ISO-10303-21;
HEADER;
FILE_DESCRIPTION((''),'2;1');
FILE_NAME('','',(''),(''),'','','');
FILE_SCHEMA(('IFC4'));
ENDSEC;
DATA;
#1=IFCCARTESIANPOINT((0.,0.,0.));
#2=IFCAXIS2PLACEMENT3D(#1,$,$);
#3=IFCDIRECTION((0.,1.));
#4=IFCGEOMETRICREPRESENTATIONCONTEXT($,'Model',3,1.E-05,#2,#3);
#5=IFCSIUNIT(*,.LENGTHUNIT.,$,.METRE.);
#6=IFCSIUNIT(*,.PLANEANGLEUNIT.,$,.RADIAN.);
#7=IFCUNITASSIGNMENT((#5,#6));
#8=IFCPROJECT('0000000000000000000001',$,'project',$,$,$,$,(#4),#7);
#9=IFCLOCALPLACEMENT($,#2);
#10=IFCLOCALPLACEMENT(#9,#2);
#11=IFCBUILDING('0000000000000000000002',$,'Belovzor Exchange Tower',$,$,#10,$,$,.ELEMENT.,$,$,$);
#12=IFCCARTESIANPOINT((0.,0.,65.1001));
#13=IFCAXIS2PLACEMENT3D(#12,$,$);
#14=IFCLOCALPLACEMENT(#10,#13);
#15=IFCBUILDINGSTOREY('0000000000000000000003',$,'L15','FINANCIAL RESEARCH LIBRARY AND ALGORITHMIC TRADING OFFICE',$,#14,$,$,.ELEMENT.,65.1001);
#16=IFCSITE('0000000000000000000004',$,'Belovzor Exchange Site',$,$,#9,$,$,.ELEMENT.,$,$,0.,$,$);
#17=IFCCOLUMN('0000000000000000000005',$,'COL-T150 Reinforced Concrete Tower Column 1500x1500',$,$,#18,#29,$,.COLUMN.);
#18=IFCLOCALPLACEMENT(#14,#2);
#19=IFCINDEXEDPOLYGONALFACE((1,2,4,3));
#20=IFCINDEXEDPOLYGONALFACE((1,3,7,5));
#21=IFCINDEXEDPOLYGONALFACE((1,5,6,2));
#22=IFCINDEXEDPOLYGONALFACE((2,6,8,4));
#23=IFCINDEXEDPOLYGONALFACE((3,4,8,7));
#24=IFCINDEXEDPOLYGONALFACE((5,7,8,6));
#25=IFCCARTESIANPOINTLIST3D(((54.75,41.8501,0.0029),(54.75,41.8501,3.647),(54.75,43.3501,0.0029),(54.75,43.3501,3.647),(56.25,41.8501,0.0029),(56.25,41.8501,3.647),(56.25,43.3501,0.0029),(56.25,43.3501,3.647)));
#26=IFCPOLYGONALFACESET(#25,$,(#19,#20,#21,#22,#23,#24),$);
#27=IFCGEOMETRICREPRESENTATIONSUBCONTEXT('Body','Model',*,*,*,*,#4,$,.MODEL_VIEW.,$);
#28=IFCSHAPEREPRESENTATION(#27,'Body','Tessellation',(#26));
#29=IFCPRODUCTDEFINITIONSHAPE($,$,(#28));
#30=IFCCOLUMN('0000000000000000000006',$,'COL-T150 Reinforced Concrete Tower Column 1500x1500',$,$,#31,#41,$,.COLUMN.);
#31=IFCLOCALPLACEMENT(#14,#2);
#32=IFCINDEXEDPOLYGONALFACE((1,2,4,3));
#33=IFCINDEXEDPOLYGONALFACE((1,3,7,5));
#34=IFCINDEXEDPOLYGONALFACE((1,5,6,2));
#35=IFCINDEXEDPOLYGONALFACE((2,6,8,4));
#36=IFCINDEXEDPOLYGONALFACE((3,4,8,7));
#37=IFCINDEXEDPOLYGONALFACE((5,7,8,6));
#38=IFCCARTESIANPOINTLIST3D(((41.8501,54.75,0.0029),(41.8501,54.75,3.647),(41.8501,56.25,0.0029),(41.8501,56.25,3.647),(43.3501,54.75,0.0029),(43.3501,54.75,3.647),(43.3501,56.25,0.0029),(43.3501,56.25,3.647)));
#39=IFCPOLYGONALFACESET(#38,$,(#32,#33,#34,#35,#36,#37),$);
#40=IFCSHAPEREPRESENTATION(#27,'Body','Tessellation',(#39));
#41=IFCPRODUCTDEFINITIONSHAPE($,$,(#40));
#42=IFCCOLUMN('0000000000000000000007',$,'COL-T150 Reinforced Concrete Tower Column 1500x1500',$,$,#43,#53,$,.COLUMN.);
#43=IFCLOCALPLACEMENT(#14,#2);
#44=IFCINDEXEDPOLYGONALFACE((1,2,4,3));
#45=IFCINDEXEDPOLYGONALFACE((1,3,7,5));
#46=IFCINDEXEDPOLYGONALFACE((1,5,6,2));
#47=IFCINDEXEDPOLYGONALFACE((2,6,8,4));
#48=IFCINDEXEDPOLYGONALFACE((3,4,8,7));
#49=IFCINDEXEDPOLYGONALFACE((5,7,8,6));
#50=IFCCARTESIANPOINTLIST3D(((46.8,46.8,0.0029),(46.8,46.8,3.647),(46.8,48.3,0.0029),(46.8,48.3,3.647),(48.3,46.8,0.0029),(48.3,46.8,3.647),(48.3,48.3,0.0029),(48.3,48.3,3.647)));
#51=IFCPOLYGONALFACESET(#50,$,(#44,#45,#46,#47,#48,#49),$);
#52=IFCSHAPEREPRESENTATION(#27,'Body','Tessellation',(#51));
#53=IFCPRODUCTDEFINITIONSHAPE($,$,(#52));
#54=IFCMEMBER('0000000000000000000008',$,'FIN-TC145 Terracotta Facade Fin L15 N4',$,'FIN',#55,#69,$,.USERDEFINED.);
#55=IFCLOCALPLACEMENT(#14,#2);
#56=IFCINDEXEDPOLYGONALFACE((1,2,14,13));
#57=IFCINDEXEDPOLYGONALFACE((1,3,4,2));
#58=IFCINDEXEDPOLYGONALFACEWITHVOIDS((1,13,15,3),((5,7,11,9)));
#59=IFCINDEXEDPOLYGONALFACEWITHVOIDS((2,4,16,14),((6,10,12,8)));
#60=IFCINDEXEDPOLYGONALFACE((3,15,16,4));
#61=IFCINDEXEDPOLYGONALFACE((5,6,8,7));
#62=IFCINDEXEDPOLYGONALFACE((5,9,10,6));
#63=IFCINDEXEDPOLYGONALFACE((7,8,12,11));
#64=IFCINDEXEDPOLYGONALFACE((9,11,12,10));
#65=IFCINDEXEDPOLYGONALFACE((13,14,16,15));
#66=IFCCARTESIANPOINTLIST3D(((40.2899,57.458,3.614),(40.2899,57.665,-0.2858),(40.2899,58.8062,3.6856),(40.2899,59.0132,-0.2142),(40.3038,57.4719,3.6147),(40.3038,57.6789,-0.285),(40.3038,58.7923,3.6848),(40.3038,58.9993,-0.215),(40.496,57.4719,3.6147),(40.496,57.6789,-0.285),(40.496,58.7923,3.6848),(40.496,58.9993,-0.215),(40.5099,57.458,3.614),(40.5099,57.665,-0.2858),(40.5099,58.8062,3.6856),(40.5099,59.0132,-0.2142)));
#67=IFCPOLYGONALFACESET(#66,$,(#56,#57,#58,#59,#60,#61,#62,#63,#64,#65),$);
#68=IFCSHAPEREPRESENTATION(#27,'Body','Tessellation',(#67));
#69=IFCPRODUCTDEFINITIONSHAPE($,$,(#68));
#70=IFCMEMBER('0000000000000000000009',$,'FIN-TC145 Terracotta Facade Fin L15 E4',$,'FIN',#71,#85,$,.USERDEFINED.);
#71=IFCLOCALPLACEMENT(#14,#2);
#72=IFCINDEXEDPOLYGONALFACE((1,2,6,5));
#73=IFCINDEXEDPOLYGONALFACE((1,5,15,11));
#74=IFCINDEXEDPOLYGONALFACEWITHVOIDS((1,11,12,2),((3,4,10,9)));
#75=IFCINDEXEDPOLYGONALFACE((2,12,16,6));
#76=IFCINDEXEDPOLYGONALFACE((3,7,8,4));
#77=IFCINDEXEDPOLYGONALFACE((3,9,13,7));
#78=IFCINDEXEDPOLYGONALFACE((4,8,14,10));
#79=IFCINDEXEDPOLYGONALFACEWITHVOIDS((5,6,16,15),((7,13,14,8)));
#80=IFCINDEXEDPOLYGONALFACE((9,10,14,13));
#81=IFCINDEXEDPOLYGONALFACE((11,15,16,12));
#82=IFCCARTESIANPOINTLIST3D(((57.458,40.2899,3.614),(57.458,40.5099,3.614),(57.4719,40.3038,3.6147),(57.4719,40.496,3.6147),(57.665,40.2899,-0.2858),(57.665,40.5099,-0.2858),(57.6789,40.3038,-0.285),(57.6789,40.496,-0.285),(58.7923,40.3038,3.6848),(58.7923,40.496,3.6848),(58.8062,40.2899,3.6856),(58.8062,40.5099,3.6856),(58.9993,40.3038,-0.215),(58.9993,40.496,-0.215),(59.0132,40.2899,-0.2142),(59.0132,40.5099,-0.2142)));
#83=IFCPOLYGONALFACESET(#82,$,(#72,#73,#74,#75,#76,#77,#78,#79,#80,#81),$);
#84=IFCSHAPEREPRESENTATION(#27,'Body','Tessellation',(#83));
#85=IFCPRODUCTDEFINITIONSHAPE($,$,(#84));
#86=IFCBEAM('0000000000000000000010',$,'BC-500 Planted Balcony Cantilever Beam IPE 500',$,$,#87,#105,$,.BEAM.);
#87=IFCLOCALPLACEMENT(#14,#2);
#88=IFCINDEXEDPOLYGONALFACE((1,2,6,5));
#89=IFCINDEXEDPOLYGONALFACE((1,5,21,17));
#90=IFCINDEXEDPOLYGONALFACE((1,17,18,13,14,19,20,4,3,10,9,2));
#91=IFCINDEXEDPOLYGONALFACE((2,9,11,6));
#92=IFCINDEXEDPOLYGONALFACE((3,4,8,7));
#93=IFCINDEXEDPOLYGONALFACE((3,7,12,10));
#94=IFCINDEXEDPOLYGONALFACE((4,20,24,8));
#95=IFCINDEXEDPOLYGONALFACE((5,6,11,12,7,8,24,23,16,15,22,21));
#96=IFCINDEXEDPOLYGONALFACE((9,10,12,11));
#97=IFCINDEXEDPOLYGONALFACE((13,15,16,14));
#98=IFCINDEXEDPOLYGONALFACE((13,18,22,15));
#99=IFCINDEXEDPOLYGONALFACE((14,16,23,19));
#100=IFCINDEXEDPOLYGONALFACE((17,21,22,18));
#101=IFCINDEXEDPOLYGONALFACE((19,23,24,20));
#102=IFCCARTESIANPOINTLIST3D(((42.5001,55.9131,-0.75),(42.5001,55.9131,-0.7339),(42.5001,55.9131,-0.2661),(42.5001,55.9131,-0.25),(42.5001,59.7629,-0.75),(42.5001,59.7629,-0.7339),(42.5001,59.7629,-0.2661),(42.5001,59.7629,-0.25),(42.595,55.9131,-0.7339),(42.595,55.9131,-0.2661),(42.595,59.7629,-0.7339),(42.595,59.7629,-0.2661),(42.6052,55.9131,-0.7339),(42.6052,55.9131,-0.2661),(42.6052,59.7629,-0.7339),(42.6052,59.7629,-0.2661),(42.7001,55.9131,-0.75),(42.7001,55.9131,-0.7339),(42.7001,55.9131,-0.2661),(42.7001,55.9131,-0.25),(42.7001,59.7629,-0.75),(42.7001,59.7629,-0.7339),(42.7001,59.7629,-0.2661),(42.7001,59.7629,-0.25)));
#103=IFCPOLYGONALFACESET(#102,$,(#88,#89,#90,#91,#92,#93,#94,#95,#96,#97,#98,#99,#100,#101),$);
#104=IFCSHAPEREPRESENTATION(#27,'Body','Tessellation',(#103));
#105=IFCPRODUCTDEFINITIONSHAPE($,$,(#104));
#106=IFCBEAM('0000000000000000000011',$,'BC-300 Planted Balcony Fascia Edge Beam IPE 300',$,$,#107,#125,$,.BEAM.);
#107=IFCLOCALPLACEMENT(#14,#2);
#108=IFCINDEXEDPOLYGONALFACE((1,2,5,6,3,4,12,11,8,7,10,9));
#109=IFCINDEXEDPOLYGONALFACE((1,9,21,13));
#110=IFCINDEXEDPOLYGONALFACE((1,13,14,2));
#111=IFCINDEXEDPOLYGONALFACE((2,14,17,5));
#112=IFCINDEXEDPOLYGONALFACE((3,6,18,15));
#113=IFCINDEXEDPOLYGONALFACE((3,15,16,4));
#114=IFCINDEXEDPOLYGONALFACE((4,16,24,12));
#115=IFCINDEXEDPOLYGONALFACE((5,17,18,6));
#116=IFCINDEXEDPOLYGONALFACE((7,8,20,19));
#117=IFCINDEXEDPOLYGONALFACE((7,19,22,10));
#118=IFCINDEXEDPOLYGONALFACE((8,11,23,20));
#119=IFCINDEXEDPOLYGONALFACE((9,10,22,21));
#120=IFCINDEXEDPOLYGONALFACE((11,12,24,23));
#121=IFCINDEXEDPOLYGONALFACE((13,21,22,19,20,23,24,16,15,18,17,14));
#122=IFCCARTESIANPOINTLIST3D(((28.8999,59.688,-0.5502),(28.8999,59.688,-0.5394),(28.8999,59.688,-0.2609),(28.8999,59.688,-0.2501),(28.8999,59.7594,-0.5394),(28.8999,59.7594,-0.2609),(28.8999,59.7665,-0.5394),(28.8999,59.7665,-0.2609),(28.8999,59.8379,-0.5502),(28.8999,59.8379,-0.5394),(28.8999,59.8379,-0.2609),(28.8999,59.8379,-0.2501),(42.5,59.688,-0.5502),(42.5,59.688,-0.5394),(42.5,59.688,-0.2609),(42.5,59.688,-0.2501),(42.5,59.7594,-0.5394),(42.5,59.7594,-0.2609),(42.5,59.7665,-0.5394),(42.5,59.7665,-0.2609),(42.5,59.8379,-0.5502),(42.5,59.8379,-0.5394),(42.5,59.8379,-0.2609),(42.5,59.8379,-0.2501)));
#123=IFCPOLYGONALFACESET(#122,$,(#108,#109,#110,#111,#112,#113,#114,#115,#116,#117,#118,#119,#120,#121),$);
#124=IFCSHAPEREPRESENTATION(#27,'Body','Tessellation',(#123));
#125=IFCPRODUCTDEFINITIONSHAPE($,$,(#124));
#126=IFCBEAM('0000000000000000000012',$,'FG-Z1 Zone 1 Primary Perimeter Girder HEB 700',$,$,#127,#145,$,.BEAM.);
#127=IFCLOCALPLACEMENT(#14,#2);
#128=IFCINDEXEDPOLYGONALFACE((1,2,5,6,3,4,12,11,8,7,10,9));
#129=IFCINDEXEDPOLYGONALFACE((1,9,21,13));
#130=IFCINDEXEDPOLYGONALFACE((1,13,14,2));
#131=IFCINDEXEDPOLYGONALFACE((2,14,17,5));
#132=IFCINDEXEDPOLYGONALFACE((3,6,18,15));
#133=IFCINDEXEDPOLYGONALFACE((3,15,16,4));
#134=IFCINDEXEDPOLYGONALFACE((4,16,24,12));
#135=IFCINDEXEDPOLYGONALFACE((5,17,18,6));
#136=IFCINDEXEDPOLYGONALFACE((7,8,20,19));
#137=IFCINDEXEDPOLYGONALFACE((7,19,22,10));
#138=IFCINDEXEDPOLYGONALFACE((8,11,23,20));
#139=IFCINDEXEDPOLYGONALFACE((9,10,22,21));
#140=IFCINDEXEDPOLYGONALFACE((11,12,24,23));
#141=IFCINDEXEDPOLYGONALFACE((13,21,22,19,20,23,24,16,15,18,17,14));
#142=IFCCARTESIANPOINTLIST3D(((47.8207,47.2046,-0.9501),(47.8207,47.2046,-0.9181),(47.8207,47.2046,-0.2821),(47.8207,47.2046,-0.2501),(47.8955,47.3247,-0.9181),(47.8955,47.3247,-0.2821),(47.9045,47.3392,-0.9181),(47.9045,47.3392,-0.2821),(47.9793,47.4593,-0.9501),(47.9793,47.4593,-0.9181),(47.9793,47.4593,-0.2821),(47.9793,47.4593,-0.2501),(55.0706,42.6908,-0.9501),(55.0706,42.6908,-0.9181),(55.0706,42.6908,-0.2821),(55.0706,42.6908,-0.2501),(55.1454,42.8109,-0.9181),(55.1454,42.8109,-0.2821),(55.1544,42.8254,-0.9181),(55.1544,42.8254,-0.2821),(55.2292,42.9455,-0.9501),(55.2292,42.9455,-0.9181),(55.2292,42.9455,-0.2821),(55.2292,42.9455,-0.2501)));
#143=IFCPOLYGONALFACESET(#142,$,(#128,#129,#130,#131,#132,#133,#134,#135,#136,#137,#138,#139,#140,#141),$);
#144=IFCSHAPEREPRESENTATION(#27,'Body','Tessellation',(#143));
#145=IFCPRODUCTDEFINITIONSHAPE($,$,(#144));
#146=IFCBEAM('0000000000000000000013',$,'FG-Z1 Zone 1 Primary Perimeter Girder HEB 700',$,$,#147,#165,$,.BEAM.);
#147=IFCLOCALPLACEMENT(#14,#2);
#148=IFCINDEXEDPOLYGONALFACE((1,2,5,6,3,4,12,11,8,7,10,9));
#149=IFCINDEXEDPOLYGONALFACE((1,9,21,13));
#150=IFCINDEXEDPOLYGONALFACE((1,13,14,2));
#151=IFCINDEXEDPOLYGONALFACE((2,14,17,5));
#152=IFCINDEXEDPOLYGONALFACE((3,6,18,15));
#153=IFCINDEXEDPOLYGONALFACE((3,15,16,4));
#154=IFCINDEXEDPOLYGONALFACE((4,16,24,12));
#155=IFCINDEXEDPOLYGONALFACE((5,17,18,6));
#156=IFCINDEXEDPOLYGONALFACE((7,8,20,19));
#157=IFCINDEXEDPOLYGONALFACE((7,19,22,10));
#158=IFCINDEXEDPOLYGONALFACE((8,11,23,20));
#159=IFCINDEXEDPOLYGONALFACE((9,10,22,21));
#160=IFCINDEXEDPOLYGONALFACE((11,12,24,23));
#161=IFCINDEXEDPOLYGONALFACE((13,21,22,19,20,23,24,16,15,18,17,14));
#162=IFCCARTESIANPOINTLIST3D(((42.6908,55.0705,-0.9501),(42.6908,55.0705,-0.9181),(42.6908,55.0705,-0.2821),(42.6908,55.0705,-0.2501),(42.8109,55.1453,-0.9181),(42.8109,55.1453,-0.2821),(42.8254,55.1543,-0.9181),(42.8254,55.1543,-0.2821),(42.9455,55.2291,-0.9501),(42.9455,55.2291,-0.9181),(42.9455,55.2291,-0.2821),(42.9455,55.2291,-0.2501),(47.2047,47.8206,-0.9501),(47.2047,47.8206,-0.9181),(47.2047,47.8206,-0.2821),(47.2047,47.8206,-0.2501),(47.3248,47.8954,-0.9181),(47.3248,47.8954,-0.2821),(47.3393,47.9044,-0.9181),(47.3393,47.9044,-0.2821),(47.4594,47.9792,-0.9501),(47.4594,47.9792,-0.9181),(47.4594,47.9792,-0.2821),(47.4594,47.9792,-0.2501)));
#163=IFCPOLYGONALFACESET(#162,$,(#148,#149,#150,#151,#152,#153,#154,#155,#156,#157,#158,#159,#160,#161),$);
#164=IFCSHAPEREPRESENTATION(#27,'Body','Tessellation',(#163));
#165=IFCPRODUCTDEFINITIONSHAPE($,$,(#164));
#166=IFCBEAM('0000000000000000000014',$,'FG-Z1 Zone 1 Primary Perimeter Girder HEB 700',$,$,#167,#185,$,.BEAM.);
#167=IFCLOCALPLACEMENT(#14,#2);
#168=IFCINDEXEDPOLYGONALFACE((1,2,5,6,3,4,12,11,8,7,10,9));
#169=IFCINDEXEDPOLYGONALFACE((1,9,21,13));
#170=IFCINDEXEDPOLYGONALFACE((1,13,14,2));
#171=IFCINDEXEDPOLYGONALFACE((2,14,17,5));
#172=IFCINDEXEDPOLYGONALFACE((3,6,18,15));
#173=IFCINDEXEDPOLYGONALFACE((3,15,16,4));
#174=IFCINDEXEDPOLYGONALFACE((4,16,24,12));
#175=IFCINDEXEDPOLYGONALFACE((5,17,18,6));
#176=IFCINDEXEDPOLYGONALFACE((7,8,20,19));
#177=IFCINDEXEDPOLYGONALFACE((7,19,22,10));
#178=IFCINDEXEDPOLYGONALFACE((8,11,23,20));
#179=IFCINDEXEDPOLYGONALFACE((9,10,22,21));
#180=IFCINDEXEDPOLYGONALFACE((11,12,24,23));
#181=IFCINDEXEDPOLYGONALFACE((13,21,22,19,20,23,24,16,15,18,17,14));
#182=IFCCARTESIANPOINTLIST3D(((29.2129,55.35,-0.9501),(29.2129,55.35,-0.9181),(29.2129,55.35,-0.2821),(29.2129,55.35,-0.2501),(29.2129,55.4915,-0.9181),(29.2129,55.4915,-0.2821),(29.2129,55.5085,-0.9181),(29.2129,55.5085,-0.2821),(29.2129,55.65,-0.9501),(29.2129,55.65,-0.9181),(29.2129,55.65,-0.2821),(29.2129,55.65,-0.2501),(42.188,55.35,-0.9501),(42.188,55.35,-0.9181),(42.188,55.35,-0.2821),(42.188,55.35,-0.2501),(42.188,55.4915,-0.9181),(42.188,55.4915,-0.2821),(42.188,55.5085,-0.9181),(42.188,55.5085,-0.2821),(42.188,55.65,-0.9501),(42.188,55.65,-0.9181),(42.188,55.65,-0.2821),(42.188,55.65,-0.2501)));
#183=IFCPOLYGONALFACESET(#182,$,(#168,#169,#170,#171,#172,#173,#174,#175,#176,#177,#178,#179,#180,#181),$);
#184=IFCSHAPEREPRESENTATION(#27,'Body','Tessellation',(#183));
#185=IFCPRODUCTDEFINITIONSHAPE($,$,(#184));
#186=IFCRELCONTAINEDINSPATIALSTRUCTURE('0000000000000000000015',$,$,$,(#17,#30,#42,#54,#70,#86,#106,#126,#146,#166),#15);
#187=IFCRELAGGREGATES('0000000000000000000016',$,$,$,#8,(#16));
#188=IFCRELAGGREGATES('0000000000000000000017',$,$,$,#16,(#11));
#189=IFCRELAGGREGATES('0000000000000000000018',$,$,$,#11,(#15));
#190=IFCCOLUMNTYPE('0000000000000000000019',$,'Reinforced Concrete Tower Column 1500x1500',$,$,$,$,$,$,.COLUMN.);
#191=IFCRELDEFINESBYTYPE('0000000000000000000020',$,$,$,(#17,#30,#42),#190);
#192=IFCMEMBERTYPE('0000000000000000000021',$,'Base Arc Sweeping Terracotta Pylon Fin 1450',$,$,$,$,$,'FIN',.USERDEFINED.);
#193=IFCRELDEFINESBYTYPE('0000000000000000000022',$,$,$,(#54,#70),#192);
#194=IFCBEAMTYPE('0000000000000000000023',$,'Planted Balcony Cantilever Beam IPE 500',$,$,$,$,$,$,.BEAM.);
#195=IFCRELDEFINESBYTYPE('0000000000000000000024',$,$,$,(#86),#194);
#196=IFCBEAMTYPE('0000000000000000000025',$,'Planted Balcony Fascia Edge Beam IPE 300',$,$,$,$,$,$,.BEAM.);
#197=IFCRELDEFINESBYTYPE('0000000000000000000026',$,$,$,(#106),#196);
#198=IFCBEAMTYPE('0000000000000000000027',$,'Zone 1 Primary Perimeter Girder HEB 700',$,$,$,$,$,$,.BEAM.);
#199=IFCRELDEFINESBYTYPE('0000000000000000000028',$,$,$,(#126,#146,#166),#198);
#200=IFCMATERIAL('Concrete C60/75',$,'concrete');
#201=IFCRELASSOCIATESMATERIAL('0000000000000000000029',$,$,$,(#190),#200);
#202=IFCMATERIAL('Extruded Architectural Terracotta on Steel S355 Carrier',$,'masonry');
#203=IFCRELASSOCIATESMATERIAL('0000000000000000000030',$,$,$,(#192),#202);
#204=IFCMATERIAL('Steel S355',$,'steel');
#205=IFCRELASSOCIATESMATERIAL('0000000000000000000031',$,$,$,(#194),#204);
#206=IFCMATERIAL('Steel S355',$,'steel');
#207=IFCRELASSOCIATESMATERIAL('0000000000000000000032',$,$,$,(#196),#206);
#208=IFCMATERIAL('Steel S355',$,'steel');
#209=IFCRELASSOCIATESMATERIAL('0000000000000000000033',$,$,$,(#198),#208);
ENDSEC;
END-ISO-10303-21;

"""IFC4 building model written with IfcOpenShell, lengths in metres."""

from ifc_helpers import new_model, si_unit, direction, frame, origin, origin_2d, place, context, subcontext, project, spatial, rectangle, hollow_rectangle, i_section, extrude, material, material_profile, profile_set, type_object, element, save


model = new_model("IFC4")

# Units and contexts
model_context = context("Model", 3, precision=1e-05, world=origin(), true_north=direction((0.0, 1.0)))
body_context = subcontext(model_context, "Body", "Model", "MODEL_VIEW")
ifc_project = project(units=[si_unit("LENGTHUNIT", "METRE"), si_unit("PLANEANGLEUNIT", "RADIAN")], contexts=[model_context])

# Site, building, storey
site_placement = place(None, origin())
site = spatial("IfcSite", under=ifc_project, at=site_placement, Name="Belovzor Exchange Site", CompositionType="ELEMENT", RefElevation=0.0)
building_placement = place(site_placement, origin())
building = spatial("IfcBuilding", under=site, at=building_placement, Name="Belovzor Exchange Tower", CompositionType="ELEMENT")
storey_placement = place(building_placement, frame((0.0, 0.0, 65.1001)))
storey = spatial("IfcBuildingStorey", under=building, at=storey_placement, Name="L15", Description="FINANCIAL RESEARCH LIBRARY AND ALGORITHMIC TRADING OFFICE", CompositionType="ELEMENT", Elevation=65.1001)

# Columns
ifc_material_1 = material(Name="Concrete C60/75", Category="concrete")
ifc_material_profile_1 = material_profile(ifc_material_1, rectangle(XDim=1.5, YDim=1.5, at=origin_2d()))
ifc_profile_set_1 = profile_set([ifc_material_profile_1], Name="Concrete C60/75")
column_type = type_object("IfcColumnType", Name="Reinforced Concrete Tower Column 1500x1500", PredefinedType="COLUMN", material=ifc_profile_set_1)
for number, where, z_axis, x_axis, name in (
    (1, (55.5, 42.6001, 0.0029), (0.0, 0.0, 1.0), (1.0, 0.0, 0.0), "COL-T150 Reinforced Concrete Tower Column 1500x1500"),
    (2, (42.6001, 55.5, 0.0029), (0.0, 0.0, 1.0), (1.0, 0.0, 0.0), "COL-T150 Reinforced Concrete Tower Column 1500x1500"),
    (3, (47.55, 47.55, 0.0029), (0.0, 0.0, 1.0), (1.0, 0.0, 0.0), "COL-T150 Reinforced Concrete Tower Column 1500x1500"),
):
    element("IfcColumn", number, at=place(storey_placement, frame(where, z_axis=z_axis, x_axis=x_axis)), inside=storey, type_object=column_type, Name=name, PredefinedType="COLUMN", context=body_context, shape_type="SweptSolid", body=[
        extrude(rectangle(XDim=1.5, YDim=1.5, at=origin_2d()), origin(), (0.0, 0.0, 1.0), 3.644),
    ])

# Members
ifc_material_2 = material(Name="Extruded Architectural Terracotta on Steel S355 Carrier", Category="masonry")
ifc_material_profile_2 = material_profile(ifc_material_2, hollow_rectangle(XDim=0.22, YDim=1.3501, WallThickness=0.0139, at=origin_2d()))
ifc_profile_set_2 = profile_set([ifc_material_profile_2], Name="Extruded Architectural Terracotta on Steel S355 Carrier")
member_type = type_object("IfcMemberType", Name="Base Arc Sweeping Terracotta Pylon Fin 1450", ElementType="FIN", PredefinedType="USERDEFINED", material=ifc_profile_set_2)
for number, where, z_axis, x_axis, name in (
    (4, (40.3999, 58.3391, -0.25), (0.0, -0.053012, 0.998594), (1.0, 0.0, 0.0), "FIN-TC145 Terracotta Facade Fin L15 N4"),
    (5, (58.3391, 40.3999, -0.25), (-0.053012, 0.0, 0.998594), (0.0, -1.0, 0.0), "FIN-TC145 Terracotta Facade Fin L15 E4"),
):
    element("IfcMember", number, at=place(storey_placement, frame(where, z_axis=z_axis, x_axis=x_axis)), inside=storey, type_object=member_type, Name=name, ObjectType="FIN", PredefinedType="USERDEFINED", context=body_context, shape_type="SweptSolid", body=[
        extrude(hollow_rectangle(XDim=0.22, YDim=1.3501, WallThickness=0.0139, at=origin_2d()), origin(), (0.0, 0.0, 1.0), 3.9053),
    ])

# Beams
ifc_material_3 = material(Name="Steel S355", Category="steel")
ifc_material_profile_3 = material_profile(ifc_material_3, i_section(OverallWidth=0.2, OverallDepth=0.5, WebThickness=0.0103, FlangeThickness=0.0161, at=origin_2d()))
ifc_profile_set_3 = profile_set([ifc_material_profile_3], Name="Steel S355")
beam_type_1 = type_object("IfcBeamType", Name="Planted Balcony Cantilever Beam IPE 500", PredefinedType="BEAM", material=ifc_profile_set_3)
beam_1_placement = place(storey_placement, frame((42.6001, 55.9131, -0.5), z_axis=(0.0, 1.0, 0.0), x_axis=(-1.0, 0.0, 0.0)))
element("IfcBeam", 6, at=beam_1_placement, inside=storey, type_object=beam_type_1, Name="BC-500 Planted Balcony Cantilever Beam IPE 500", PredefinedType="BEAM", context=body_context, shape_type="SweptSolid", body=[
    extrude(i_section(OverallWidth=0.2, OverallDepth=0.5, WebThickness=0.0103, FlangeThickness=0.0161, at=origin_2d()), origin(), (0.0, 0.0, 1.0), 3.8499),
])
ifc_material_4 = material(Name="Steel S355", Category="steel")
ifc_material_profile_4 = material_profile(ifc_material_4, i_section(OverallWidth=0.1499, OverallDepth=0.3, WebThickness=0.0071, FlangeThickness=0.0107, at=origin_2d()))
ifc_profile_set_4 = profile_set([ifc_material_profile_4], Name="Steel S355")
beam_type_2 = type_object("IfcBeamType", Name="Planted Balcony Fascia Edge Beam IPE 300", PredefinedType="BEAM", material=ifc_profile_set_4)
beam_2_placement = place(storey_placement, frame((42.5, 59.7629, -0.4001), z_axis=(-1.0, 0.0, 0.0), x_axis=(0.0, -1.0, 0.0)))
element("IfcBeam", 7, at=beam_2_placement, inside=storey, type_object=beam_type_2, Name="BC-300 Planted Balcony Fascia Edge Beam IPE 300", PredefinedType="BEAM", context=body_context, shape_type="SweptSolid", body=[
    extrude(i_section(OverallWidth=0.1499, OverallDepth=0.3, WebThickness=0.0071, FlangeThickness=0.0107, at=origin_2d()), origin(), (0.0, 0.0, 1.0), 13.6001),
])
ifc_material_5 = material(Name="Steel S355", Category="steel")
ifc_material_profile_5 = material_profile(ifc_material_5, i_section(OverallWidth=0.3, OverallDepth=0.7, WebThickness=0.0171, FlangeThickness=0.032, at=origin_2d()))
ifc_profile_set_5 = profile_set([ifc_material_profile_5], Name="Steel S355")
beam_type_3 = type_object("IfcBeamType", Name="Zone 1 Primary Perimeter Girder HEB 700", PredefinedType="BEAM", material=ifc_profile_set_5)
for number, where, z_axis, x_axis, name in (
    (8, (55.1499, 42.8181, -0.6001), (-0.848909, 0.528539, 0.0), (-0.528539, -0.848909, 0.0), "FG-Z1 Zone 1 Primary Perimeter Girder HEB 700"),
    (9, (47.332, 47.8999, -0.6001), (-0.528539, 0.848909, 0.0), (-0.848909, -0.528539, 0.0), "FG-Z1 Zone 1 Primary Perimeter Girder HEB 700"),
):
    element("IfcBeam", number, at=place(storey_placement, frame(where, z_axis=z_axis, x_axis=x_axis)), inside=storey, type_object=beam_type_3, Name=name, PredefinedType="BEAM", context=body_context, shape_type="SweptSolid", body=[
        extrude(i_section(OverallWidth=0.3, OverallDepth=0.7, WebThickness=0.0171, FlangeThickness=0.032, at=origin_2d()), origin(), (0.0, 0.0, 1.0), 8.5403),
    ])
beam_3_placement = place(storey_placement, frame((42.188, 55.5, -0.6001), z_axis=(-1.0, 0.0, 0.0), x_axis=(0.0, -1.0, 0.0)))
element("IfcBeam", 10, at=beam_3_placement, inside=storey, type_object=beam_type_3, Name="FG-Z1 Zone 1 Primary Perimeter Girder HEB 700", PredefinedType="BEAM", context=body_context, shape_type="SweptSolid", body=[
    extrude(i_section(OverallWidth=0.3, OverallDepth=0.7, WebThickness=0.0171, FlangeThickness=0.032, at=origin_2d()), origin(), (0.0, 0.0, 1.0), 12.9751),
])

save(model, "model.ifc")
